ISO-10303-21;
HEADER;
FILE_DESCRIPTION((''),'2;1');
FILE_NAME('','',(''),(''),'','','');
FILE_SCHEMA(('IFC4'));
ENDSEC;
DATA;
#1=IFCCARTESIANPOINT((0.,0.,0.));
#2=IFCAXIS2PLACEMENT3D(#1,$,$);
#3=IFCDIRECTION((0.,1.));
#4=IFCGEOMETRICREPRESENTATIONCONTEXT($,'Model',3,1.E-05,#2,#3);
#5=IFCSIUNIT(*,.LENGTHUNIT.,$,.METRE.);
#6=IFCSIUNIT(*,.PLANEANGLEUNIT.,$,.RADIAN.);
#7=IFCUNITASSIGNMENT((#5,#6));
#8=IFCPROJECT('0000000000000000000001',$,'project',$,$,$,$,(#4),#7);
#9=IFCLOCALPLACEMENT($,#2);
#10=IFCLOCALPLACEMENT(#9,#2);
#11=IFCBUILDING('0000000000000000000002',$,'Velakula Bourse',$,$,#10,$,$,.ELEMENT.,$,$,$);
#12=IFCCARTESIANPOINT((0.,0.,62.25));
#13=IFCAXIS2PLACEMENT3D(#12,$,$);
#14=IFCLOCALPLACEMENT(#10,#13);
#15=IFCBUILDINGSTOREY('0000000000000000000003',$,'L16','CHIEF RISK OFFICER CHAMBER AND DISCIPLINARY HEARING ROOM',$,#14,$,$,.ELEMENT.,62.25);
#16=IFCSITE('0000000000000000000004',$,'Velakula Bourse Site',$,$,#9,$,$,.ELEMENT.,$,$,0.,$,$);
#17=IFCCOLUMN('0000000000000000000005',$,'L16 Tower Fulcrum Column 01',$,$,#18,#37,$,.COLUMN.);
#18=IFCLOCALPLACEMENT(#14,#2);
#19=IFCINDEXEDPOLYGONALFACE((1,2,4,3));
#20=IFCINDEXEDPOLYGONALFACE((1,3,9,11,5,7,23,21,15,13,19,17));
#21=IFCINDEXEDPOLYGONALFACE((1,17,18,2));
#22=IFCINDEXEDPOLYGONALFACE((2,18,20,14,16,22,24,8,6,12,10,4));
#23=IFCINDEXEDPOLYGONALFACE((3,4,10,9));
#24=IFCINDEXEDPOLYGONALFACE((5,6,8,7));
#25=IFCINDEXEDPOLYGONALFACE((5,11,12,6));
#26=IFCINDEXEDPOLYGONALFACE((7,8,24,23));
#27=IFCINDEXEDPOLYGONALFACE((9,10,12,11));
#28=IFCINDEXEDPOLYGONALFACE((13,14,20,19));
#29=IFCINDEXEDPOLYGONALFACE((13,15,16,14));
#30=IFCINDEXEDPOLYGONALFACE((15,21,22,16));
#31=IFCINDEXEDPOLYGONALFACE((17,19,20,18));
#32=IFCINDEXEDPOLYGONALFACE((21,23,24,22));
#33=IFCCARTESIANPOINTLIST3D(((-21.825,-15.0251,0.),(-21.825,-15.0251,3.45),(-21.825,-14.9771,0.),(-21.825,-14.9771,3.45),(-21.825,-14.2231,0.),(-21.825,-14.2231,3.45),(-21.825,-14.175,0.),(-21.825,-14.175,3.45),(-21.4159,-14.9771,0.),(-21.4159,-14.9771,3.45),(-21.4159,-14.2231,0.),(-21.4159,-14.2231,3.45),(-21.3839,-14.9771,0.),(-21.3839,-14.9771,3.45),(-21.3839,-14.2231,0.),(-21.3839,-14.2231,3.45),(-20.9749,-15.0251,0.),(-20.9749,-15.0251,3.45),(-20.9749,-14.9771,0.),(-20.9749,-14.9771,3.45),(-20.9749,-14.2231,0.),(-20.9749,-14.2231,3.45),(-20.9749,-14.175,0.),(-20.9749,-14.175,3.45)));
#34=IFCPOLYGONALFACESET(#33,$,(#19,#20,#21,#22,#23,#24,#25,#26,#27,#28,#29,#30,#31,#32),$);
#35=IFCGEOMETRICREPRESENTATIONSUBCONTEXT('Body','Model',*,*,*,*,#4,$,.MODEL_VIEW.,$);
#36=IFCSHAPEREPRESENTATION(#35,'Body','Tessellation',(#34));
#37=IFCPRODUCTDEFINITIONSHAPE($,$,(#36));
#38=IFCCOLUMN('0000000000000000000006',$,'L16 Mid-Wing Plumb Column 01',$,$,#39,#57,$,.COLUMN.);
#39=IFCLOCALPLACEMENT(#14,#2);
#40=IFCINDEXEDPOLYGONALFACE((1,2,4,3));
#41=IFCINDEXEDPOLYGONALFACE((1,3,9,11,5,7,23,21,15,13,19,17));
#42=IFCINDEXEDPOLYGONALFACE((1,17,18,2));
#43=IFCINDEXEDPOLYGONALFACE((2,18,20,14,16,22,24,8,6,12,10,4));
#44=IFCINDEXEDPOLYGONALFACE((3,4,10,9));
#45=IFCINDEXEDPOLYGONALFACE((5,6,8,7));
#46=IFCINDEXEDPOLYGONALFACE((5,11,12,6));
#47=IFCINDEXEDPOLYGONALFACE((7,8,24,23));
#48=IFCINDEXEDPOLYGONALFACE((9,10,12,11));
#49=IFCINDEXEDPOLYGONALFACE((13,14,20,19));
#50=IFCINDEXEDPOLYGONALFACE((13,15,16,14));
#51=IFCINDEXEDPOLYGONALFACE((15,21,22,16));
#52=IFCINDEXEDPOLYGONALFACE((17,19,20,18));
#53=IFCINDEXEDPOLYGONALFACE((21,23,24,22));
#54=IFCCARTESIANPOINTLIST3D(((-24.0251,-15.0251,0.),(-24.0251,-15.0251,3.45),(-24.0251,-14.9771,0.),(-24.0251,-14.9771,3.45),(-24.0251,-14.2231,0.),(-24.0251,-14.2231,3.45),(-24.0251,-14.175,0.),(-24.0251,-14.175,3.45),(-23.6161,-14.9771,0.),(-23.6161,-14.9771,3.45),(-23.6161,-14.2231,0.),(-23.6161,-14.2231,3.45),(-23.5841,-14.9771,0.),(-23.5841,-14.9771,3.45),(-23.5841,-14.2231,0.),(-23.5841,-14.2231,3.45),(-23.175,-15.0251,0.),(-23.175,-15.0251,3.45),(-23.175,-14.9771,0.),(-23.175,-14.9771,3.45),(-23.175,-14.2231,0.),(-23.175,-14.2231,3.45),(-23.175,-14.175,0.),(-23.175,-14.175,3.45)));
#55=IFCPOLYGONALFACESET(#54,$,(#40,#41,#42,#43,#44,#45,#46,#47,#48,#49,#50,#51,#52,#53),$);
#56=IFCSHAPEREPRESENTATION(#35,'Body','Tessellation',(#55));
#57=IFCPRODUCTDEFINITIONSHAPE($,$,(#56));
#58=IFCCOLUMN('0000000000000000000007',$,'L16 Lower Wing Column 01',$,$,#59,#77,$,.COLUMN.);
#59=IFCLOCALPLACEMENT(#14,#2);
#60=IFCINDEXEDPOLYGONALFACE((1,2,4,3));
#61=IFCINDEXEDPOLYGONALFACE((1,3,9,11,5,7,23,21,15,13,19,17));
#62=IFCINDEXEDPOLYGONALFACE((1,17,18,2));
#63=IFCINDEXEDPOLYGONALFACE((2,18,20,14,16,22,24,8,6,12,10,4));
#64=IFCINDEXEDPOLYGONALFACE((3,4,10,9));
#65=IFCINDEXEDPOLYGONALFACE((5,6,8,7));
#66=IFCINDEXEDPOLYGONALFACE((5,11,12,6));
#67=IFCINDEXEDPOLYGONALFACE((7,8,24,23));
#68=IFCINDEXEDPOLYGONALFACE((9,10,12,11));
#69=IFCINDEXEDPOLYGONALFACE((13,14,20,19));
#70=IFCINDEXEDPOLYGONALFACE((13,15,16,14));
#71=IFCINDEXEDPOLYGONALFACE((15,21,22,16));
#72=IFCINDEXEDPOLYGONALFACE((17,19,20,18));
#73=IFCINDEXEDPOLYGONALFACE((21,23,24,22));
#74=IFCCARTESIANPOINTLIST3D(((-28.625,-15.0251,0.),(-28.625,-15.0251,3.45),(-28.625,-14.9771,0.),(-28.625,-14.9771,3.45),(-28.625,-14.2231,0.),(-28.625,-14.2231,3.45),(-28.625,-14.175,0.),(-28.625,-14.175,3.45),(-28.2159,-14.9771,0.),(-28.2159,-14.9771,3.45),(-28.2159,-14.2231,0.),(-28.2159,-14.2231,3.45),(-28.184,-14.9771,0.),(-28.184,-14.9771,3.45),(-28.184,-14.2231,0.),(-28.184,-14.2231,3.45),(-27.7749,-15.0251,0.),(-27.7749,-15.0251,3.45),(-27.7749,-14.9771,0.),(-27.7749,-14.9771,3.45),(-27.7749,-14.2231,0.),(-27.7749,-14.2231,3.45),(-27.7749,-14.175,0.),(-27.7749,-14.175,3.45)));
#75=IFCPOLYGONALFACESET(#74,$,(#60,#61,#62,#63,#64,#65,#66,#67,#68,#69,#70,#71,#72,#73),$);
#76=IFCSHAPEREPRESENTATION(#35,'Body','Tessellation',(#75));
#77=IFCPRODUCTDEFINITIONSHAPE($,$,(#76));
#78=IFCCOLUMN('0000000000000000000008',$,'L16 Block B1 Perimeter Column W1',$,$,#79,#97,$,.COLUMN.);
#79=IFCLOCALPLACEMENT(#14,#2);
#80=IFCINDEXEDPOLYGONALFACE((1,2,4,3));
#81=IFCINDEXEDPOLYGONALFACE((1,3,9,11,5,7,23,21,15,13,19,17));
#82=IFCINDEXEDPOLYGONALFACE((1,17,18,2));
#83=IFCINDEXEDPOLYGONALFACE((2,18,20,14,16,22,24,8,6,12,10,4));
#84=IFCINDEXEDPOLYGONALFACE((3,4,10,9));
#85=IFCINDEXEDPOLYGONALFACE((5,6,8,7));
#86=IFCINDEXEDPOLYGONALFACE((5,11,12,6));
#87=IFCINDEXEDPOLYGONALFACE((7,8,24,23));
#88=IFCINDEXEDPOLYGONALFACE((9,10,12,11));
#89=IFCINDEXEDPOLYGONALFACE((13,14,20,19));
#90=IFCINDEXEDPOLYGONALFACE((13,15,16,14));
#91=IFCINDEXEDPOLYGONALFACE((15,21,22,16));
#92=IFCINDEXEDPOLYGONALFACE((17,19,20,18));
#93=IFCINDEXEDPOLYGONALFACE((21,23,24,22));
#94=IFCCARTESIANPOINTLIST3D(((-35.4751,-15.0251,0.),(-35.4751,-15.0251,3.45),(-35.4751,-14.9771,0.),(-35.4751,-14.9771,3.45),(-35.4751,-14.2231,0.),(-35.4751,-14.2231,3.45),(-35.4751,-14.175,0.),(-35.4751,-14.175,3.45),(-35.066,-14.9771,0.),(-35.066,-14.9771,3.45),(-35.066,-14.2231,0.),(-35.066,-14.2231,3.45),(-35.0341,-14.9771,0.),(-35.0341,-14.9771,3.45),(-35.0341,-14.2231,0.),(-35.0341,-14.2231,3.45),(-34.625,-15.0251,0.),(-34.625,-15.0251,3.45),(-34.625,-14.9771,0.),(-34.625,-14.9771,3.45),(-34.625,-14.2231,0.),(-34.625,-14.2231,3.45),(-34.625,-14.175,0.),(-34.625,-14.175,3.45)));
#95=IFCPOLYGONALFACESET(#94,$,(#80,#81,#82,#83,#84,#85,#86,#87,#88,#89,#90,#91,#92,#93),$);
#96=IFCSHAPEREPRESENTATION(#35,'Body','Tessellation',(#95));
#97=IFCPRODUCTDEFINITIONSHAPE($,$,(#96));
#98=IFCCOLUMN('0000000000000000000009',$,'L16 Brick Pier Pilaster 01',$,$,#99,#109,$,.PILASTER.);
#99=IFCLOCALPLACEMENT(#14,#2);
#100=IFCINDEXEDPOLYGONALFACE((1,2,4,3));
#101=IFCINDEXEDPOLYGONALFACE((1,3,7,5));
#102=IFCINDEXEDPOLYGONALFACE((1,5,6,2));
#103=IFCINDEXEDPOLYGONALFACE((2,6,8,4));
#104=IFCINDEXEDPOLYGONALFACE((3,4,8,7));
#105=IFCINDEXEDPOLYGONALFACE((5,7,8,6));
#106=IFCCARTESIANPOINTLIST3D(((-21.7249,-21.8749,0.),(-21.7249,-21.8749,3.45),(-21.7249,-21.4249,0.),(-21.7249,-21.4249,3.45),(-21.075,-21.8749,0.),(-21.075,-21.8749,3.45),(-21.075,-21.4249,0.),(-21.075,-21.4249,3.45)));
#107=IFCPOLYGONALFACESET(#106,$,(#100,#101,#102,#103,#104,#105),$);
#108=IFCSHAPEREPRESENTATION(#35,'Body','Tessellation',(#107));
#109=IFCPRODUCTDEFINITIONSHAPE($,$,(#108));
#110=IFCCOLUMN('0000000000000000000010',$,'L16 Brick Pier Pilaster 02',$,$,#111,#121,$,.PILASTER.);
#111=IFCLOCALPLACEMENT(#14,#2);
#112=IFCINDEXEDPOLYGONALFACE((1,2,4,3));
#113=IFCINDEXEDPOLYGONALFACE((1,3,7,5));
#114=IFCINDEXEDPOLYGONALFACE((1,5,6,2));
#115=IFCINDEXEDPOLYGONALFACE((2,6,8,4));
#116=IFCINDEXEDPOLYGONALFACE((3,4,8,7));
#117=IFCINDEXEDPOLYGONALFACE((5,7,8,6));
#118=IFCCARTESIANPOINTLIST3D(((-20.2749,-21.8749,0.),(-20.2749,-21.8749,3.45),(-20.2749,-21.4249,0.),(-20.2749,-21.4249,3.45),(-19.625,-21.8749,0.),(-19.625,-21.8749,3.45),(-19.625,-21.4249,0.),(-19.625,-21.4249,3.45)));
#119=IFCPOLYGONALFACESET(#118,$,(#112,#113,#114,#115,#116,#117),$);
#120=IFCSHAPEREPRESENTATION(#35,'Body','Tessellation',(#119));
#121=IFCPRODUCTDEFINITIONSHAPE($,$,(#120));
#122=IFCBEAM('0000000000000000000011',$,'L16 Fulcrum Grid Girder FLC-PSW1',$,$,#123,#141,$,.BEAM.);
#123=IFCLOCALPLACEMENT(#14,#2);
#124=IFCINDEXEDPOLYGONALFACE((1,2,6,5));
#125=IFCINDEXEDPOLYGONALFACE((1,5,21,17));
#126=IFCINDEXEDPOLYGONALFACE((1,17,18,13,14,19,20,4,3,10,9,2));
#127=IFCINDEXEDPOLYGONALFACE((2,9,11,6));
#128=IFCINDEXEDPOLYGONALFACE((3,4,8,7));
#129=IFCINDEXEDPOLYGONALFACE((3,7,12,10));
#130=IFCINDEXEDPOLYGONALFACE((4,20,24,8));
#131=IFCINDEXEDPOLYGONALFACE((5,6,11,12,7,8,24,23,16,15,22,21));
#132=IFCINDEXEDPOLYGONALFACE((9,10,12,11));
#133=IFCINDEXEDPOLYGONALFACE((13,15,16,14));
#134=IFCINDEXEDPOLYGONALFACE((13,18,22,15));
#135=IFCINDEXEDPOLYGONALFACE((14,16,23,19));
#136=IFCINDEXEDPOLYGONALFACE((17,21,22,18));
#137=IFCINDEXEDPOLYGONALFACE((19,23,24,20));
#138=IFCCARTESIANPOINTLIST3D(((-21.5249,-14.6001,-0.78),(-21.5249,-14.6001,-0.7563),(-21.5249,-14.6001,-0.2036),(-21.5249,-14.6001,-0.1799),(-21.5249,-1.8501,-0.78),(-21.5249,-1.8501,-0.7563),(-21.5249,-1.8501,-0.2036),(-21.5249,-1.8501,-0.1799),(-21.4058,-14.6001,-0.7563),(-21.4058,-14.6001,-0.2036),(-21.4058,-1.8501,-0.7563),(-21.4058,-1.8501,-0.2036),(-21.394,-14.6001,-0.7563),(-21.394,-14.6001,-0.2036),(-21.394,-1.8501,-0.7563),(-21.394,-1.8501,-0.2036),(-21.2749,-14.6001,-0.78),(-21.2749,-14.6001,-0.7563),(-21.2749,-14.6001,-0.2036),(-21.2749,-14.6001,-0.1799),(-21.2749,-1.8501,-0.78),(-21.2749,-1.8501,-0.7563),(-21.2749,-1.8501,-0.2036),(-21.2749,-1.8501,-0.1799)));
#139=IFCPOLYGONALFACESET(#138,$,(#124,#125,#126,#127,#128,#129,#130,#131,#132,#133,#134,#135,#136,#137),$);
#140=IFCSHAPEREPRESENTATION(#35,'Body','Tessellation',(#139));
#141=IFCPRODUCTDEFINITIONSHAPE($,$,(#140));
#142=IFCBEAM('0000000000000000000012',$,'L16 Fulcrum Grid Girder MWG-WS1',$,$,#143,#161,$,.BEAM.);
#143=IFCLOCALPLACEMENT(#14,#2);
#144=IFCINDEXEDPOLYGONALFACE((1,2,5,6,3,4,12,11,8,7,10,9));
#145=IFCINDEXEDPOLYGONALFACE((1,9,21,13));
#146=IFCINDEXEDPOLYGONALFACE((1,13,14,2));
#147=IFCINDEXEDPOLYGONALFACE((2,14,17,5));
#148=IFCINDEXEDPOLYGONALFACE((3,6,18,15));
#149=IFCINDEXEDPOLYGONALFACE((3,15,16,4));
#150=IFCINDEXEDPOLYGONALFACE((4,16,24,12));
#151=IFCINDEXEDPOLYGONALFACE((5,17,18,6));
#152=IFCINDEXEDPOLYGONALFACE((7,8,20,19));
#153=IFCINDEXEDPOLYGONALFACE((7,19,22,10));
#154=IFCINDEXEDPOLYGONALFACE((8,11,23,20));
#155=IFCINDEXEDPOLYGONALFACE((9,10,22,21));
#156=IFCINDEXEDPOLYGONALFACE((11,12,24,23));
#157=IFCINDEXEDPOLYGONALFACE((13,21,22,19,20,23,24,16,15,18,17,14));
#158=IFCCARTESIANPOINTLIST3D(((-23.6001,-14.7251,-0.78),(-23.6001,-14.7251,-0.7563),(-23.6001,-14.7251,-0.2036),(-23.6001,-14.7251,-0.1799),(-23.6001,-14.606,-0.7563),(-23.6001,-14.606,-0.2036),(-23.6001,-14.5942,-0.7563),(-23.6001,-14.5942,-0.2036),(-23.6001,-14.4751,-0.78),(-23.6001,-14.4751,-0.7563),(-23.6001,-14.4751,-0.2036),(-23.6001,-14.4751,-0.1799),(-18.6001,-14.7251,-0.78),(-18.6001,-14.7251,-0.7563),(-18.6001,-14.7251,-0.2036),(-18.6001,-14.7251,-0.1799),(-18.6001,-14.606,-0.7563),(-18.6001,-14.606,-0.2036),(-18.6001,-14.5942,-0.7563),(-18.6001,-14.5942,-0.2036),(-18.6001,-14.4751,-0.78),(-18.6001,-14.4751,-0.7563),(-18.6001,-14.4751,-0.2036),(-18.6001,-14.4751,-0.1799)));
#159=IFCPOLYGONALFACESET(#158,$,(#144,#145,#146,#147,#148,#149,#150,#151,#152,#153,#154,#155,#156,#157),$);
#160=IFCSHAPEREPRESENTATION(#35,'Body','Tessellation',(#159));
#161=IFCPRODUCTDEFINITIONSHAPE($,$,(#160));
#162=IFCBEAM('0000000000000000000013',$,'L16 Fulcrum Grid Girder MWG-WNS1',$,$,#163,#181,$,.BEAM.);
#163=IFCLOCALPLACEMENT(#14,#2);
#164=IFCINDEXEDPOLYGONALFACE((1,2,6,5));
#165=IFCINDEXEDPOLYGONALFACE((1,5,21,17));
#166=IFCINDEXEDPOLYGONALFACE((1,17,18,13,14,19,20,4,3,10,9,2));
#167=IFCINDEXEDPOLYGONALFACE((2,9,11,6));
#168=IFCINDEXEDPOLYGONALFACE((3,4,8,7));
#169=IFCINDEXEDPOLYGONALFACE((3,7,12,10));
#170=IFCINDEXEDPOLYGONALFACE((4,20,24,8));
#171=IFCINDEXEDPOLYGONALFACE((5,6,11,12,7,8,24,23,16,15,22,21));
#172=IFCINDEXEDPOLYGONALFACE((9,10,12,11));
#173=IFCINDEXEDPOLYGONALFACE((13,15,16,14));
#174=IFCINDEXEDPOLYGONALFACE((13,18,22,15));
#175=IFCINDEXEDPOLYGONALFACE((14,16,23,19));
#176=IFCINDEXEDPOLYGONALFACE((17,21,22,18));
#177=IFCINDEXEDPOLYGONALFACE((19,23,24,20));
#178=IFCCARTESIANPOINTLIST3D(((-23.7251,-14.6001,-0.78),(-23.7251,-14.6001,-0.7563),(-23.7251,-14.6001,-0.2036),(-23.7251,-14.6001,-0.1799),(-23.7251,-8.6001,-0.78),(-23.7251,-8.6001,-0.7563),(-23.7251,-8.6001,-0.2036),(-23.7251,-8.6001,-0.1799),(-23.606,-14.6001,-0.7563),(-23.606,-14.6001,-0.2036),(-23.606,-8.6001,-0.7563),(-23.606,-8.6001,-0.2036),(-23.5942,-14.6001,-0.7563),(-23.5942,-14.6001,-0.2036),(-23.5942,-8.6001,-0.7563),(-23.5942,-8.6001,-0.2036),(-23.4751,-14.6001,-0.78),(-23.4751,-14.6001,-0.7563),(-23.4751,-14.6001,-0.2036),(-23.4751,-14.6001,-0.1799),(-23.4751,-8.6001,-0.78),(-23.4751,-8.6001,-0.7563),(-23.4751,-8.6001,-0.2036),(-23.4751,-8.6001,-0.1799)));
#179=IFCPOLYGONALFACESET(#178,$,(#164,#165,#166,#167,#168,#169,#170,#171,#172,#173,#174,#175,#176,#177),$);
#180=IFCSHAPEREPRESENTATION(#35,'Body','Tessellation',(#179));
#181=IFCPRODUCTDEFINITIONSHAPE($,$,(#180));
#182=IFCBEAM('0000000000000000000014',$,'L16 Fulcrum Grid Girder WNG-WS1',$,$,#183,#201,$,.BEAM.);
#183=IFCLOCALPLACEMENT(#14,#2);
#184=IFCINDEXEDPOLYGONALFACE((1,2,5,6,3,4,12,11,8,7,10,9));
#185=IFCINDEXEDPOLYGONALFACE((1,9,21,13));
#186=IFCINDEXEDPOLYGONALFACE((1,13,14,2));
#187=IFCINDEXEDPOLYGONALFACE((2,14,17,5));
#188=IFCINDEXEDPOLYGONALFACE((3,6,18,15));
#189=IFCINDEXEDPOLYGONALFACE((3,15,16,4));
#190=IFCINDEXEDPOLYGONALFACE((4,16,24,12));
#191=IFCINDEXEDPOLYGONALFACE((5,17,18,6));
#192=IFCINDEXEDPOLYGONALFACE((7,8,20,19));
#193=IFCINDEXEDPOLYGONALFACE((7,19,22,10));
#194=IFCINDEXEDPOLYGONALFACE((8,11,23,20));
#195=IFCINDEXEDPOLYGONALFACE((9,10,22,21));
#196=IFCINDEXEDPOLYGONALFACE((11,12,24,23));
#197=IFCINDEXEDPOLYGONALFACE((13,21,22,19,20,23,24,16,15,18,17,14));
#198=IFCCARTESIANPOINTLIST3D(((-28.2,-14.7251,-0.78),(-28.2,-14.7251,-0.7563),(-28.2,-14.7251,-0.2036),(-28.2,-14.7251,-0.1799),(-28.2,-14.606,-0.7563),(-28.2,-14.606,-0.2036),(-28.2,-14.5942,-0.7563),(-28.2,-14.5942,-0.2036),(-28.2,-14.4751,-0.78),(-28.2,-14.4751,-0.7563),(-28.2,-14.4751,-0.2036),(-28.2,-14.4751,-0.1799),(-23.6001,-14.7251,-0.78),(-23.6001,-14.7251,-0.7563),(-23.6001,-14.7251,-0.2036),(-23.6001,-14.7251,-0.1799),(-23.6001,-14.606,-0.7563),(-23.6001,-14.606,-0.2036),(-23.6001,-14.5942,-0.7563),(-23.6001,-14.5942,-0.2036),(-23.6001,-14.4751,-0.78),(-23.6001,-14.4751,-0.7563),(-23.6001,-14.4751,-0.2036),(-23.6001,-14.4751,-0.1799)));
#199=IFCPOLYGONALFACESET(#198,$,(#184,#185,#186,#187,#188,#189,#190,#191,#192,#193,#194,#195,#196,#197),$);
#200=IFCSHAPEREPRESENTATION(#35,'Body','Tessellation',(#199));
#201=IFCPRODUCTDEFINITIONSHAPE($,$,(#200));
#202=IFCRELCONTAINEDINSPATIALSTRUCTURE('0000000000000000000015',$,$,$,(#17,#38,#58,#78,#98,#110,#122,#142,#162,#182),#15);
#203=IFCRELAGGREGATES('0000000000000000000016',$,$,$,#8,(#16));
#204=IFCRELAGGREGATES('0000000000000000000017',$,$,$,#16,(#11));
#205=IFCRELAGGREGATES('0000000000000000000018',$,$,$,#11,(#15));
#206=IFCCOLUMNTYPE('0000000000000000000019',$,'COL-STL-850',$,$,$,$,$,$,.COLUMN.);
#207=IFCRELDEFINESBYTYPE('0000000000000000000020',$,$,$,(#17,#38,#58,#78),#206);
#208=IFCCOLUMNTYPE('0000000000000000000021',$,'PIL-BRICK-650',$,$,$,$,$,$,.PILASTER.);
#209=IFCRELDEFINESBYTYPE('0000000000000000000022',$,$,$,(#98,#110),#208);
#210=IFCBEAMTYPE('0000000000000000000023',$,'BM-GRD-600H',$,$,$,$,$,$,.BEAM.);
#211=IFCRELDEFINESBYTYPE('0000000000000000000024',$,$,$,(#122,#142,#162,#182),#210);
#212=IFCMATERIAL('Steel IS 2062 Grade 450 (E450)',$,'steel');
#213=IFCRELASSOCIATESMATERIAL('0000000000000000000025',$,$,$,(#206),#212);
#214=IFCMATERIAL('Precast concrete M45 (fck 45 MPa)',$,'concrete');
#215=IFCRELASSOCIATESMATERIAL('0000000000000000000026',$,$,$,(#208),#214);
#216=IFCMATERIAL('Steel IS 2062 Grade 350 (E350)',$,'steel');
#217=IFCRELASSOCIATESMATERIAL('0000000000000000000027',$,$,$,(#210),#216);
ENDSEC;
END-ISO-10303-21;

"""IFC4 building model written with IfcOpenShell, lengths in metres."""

from ifc_helpers import new_model, si_unit, direction, frame, origin, origin_2d, place, context, subcontext, project, spatial, rectangle, i_section, extrude, material, material_profile, profile_set, type_object, element, save


model = new_model("IFC4")

# Units and contexts
model_context = context("Model", 3, precision=1e-05, world=origin(), true_north=direction((0.0, 1.0)))
body_context = subcontext(model_context, "Body", "Model", "MODEL_VIEW")
ifc_project = project(units=[si_unit("LENGTHUNIT", "METRE"), si_unit("PLANEANGLEUNIT", "RADIAN")], contexts=[model_context])

# Site, building, storey
site_placement = place(None, origin())
site = spatial("IfcSite", under=ifc_project, at=site_placement, Name="Velakula Bourse Site", CompositionType="ELEMENT", RefElevation=0.0)
building_placement = place(site_placement, origin())
building = spatial("IfcBuilding", under=site, at=building_placement, Name="Velakula Bourse", CompositionType="ELEMENT")
storey_placement = place(building_placement, frame((0.0, 0.0, 62.25)))
storey = spatial("IfcBuildingStorey", under=building, at=storey_placement, Name="L16", Description="CHIEF RISK OFFICER CHAMBER AND DISCIPLINARY HEARING ROOM", CompositionType="ELEMENT", Elevation=62.25)

# Columns
ifc_material_1 = material(Name="Steel IS 2062 Grade 450 (E450)", Category="steel")
ifc_material_profile_1 = material_profile(ifc_material_1, i_section(OverallWidth=0.8501, OverallDepth=0.8501, WebThickness=0.032, FlangeThickness=0.0481, at=origin_2d()), Name="Steel IS 2062 Grade 450 (E450)")
ifc_profile_set_1 = profile_set([ifc_material_profile_1], Name="Steel IS 2062 Grade 450 (E450)")
column_type_1 = type_object("IfcColumnType", Name="COL-STL-850", PredefinedType="COLUMN", material=ifc_profile_set_1)
for number, where, z_axis, x_axis, name in (
    (1, (-21.3999, -14.6001, 0.0), (0.0, 0.0, 1.0), (1.0, 0.0, 0.0), "L16 Tower Fulcrum Column 01"),
    (2, (-23.6001, -14.6001, 0.0), (0.0, 0.0, 1.0), (1.0, 0.0, 0.0), "L16 Mid-Wing Plumb Column 01"),
    (3, (-28.2, -14.6001, 0.0), (0.0, 0.0, 1.0), (1.0, 0.0, 0.0), "L16 Lower Wing Column 01"),
    (4, (-35.05, -14.6001, 0.0), (0.0, 0.0, 1.0), (1.0, 0.0, 0.0), "L16 Block B1 Perimeter Column W1"),
):
    element("IfcColumn", number, at=place(storey_placement, frame(where, z_axis=z_axis, x_axis=x_axis)), inside=storey, type_object=column_type_1, Name=name, PredefinedType="COLUMN", context=body_context, shape_type="SweptSolid", body=[
        extrude(i_section(OverallWidth=0.8501, OverallDepth=0.8501, WebThickness=0.032, FlangeThickness=0.0481, at=origin_2d()), origin(), (0.0, 0.0, 1.0), 3.45),
    ])
ifc_material_2 = material(Name="Precast concrete M45 (fck 45 MPa)", Category="concrete")
ifc_material_profile_2 = material_profile(ifc_material_2, rectangle(XDim=0.6499, YDim=0.45, at=origin_2d()), Name="Precast concrete M45 (fck 45 MPa)")
ifc_profile_set_2 = profile_set([ifc_material_profile_2], Name="Precast concrete M45 (fck 45 MPa)")
column_type_2 = type_object("IfcColumnType", Name="PIL-BRICK-650", PredefinedType="PILASTER", material=ifc_profile_set_2)
for number, where, z_axis, x_axis, name in (
    (5, (-21.3999, -21.6499, 0.0), (0.0, 0.0, 1.0), (1.0, 0.0, 0.0), "L16 Brick Pier Pilaster 01"),
    (6, (-19.95, -21.6499, 0.0), (0.0, 0.0, 1.0), (1.0, 0.0, 0.0), "L16 Brick Pier Pilaster 02"),
):
    element("IfcColumn", number, at=place(storey_placement, frame(where, z_axis=z_axis, x_axis=x_axis)), inside=storey, type_object=column_type_2, Name=name, PredefinedType="PILASTER", context=body_context, shape_type="SweptSolid", body=[
        extrude(rectangle(XDim=0.6499, YDim=0.45, at=origin_2d()), origin(), (0.0, 0.0, 1.0), 3.45),
    ])

# Beams
ifc_material_3 = material(Name="Steel IS 2062 Grade 350 (E350)", Category="steel")
ifc_material_profile_3 = material_profile(ifc_material_3, i_section(OverallWidth=0.25, OverallDepth=0.6001, WebThickness=0.0117, FlangeThickness=0.0237, at=origin_2d()), Name="Steel IS 2062 Grade 350 (E350)")
ifc_profile_set_3 = profile_set([ifc_material_profile_3], Name="Steel IS 2062 Grade 350 (E350)")
beam_type_1 = type_object("IfcBeamType", Name="BM-GRD-600H", PredefinedType="BEAM", material=ifc_profile_set_3)
beam_1_placement = place(storey_placement, frame((-21.3999, -14.6001, -0.48), z_axis=(0.0, 1.0, 0.0), x_axis=(-1.0, 0.0, 0.0)))
element("IfcBeam", 7, at=beam_1_placement, inside=storey, type_object=beam_type_1, Name="L16 Fulcrum Grid Girder FLC-PSW1", PredefinedType="BEAM", context=body_context, shape_type="SweptSolid", body=[
    extrude(i_section(OverallWidth=0.25, OverallDepth=0.6001, WebThickness=0.0117, FlangeThickness=0.0237, at=origin_2d()), origin(), (0.0, 0.0, 1.0), 12.75),
])
beam_2_placement = place(storey_placement, frame((-23.6001, -14.6001, -0.48), z_axis=(1.0, 0.0, 0.0), x_axis=(0.0, 1.0, 0.0)))
element("IfcBeam", 8, at=beam_2_placement, inside=storey, type_object=beam_type_1, Name="L16 Fulcrum Grid Girder MWG-WS1", PredefinedType="BEAM", context=body_context, shape_type="SweptSolid", body=[
    extrude(i_section(OverallWidth=0.25, OverallDepth=0.6001, WebThickness=0.0117, FlangeThickness=0.0237, at=origin_2d()), origin(), (0.0, 0.0, 1.0), 5.0),
])
beam_3_placement = place(storey_placement, frame((-23.6001, -14.6001, -0.48), z_axis=(0.0, 1.0, 0.0), x_axis=(-1.0, 0.0, 0.0)))
element("IfcBeam", 9, at=beam_3_placement, inside=storey, type_object=beam_type_1, Name="L16 Fulcrum Grid Girder MWG-WNS1", PredefinedType="BEAM", context=body_context, shape_type="SweptSolid", body=[
    extrude(i_section(OverallWidth=0.25, OverallDepth=0.6001, WebThickness=0.0117, FlangeThickness=0.0237, at=origin_2d()), origin(), (0.0, 0.0, 1.0), 6.0),
])
beam_4_placement = place(storey_placement, frame((-28.2, -14.6001, -0.48), z_axis=(1.0, 0.0, 0.0), x_axis=(0.0, 1.0, 0.0)))
element("IfcBeam", 10, at=beam_4_placement, inside=storey, type_object=beam_type_1, Name="L16 Fulcrum Grid Girder WNG-WS1", PredefinedType="BEAM", context=body_context, shape_type="SweptSolid", body=[
    extrude(i_section(OverallWidth=0.25, OverallDepth=0.6001, WebThickness=0.0117, FlangeThickness=0.0237, at=origin_2d()), origin(), (0.0, 0.0, 1.0), 4.5999),
])

save(model, "model.ifc")
